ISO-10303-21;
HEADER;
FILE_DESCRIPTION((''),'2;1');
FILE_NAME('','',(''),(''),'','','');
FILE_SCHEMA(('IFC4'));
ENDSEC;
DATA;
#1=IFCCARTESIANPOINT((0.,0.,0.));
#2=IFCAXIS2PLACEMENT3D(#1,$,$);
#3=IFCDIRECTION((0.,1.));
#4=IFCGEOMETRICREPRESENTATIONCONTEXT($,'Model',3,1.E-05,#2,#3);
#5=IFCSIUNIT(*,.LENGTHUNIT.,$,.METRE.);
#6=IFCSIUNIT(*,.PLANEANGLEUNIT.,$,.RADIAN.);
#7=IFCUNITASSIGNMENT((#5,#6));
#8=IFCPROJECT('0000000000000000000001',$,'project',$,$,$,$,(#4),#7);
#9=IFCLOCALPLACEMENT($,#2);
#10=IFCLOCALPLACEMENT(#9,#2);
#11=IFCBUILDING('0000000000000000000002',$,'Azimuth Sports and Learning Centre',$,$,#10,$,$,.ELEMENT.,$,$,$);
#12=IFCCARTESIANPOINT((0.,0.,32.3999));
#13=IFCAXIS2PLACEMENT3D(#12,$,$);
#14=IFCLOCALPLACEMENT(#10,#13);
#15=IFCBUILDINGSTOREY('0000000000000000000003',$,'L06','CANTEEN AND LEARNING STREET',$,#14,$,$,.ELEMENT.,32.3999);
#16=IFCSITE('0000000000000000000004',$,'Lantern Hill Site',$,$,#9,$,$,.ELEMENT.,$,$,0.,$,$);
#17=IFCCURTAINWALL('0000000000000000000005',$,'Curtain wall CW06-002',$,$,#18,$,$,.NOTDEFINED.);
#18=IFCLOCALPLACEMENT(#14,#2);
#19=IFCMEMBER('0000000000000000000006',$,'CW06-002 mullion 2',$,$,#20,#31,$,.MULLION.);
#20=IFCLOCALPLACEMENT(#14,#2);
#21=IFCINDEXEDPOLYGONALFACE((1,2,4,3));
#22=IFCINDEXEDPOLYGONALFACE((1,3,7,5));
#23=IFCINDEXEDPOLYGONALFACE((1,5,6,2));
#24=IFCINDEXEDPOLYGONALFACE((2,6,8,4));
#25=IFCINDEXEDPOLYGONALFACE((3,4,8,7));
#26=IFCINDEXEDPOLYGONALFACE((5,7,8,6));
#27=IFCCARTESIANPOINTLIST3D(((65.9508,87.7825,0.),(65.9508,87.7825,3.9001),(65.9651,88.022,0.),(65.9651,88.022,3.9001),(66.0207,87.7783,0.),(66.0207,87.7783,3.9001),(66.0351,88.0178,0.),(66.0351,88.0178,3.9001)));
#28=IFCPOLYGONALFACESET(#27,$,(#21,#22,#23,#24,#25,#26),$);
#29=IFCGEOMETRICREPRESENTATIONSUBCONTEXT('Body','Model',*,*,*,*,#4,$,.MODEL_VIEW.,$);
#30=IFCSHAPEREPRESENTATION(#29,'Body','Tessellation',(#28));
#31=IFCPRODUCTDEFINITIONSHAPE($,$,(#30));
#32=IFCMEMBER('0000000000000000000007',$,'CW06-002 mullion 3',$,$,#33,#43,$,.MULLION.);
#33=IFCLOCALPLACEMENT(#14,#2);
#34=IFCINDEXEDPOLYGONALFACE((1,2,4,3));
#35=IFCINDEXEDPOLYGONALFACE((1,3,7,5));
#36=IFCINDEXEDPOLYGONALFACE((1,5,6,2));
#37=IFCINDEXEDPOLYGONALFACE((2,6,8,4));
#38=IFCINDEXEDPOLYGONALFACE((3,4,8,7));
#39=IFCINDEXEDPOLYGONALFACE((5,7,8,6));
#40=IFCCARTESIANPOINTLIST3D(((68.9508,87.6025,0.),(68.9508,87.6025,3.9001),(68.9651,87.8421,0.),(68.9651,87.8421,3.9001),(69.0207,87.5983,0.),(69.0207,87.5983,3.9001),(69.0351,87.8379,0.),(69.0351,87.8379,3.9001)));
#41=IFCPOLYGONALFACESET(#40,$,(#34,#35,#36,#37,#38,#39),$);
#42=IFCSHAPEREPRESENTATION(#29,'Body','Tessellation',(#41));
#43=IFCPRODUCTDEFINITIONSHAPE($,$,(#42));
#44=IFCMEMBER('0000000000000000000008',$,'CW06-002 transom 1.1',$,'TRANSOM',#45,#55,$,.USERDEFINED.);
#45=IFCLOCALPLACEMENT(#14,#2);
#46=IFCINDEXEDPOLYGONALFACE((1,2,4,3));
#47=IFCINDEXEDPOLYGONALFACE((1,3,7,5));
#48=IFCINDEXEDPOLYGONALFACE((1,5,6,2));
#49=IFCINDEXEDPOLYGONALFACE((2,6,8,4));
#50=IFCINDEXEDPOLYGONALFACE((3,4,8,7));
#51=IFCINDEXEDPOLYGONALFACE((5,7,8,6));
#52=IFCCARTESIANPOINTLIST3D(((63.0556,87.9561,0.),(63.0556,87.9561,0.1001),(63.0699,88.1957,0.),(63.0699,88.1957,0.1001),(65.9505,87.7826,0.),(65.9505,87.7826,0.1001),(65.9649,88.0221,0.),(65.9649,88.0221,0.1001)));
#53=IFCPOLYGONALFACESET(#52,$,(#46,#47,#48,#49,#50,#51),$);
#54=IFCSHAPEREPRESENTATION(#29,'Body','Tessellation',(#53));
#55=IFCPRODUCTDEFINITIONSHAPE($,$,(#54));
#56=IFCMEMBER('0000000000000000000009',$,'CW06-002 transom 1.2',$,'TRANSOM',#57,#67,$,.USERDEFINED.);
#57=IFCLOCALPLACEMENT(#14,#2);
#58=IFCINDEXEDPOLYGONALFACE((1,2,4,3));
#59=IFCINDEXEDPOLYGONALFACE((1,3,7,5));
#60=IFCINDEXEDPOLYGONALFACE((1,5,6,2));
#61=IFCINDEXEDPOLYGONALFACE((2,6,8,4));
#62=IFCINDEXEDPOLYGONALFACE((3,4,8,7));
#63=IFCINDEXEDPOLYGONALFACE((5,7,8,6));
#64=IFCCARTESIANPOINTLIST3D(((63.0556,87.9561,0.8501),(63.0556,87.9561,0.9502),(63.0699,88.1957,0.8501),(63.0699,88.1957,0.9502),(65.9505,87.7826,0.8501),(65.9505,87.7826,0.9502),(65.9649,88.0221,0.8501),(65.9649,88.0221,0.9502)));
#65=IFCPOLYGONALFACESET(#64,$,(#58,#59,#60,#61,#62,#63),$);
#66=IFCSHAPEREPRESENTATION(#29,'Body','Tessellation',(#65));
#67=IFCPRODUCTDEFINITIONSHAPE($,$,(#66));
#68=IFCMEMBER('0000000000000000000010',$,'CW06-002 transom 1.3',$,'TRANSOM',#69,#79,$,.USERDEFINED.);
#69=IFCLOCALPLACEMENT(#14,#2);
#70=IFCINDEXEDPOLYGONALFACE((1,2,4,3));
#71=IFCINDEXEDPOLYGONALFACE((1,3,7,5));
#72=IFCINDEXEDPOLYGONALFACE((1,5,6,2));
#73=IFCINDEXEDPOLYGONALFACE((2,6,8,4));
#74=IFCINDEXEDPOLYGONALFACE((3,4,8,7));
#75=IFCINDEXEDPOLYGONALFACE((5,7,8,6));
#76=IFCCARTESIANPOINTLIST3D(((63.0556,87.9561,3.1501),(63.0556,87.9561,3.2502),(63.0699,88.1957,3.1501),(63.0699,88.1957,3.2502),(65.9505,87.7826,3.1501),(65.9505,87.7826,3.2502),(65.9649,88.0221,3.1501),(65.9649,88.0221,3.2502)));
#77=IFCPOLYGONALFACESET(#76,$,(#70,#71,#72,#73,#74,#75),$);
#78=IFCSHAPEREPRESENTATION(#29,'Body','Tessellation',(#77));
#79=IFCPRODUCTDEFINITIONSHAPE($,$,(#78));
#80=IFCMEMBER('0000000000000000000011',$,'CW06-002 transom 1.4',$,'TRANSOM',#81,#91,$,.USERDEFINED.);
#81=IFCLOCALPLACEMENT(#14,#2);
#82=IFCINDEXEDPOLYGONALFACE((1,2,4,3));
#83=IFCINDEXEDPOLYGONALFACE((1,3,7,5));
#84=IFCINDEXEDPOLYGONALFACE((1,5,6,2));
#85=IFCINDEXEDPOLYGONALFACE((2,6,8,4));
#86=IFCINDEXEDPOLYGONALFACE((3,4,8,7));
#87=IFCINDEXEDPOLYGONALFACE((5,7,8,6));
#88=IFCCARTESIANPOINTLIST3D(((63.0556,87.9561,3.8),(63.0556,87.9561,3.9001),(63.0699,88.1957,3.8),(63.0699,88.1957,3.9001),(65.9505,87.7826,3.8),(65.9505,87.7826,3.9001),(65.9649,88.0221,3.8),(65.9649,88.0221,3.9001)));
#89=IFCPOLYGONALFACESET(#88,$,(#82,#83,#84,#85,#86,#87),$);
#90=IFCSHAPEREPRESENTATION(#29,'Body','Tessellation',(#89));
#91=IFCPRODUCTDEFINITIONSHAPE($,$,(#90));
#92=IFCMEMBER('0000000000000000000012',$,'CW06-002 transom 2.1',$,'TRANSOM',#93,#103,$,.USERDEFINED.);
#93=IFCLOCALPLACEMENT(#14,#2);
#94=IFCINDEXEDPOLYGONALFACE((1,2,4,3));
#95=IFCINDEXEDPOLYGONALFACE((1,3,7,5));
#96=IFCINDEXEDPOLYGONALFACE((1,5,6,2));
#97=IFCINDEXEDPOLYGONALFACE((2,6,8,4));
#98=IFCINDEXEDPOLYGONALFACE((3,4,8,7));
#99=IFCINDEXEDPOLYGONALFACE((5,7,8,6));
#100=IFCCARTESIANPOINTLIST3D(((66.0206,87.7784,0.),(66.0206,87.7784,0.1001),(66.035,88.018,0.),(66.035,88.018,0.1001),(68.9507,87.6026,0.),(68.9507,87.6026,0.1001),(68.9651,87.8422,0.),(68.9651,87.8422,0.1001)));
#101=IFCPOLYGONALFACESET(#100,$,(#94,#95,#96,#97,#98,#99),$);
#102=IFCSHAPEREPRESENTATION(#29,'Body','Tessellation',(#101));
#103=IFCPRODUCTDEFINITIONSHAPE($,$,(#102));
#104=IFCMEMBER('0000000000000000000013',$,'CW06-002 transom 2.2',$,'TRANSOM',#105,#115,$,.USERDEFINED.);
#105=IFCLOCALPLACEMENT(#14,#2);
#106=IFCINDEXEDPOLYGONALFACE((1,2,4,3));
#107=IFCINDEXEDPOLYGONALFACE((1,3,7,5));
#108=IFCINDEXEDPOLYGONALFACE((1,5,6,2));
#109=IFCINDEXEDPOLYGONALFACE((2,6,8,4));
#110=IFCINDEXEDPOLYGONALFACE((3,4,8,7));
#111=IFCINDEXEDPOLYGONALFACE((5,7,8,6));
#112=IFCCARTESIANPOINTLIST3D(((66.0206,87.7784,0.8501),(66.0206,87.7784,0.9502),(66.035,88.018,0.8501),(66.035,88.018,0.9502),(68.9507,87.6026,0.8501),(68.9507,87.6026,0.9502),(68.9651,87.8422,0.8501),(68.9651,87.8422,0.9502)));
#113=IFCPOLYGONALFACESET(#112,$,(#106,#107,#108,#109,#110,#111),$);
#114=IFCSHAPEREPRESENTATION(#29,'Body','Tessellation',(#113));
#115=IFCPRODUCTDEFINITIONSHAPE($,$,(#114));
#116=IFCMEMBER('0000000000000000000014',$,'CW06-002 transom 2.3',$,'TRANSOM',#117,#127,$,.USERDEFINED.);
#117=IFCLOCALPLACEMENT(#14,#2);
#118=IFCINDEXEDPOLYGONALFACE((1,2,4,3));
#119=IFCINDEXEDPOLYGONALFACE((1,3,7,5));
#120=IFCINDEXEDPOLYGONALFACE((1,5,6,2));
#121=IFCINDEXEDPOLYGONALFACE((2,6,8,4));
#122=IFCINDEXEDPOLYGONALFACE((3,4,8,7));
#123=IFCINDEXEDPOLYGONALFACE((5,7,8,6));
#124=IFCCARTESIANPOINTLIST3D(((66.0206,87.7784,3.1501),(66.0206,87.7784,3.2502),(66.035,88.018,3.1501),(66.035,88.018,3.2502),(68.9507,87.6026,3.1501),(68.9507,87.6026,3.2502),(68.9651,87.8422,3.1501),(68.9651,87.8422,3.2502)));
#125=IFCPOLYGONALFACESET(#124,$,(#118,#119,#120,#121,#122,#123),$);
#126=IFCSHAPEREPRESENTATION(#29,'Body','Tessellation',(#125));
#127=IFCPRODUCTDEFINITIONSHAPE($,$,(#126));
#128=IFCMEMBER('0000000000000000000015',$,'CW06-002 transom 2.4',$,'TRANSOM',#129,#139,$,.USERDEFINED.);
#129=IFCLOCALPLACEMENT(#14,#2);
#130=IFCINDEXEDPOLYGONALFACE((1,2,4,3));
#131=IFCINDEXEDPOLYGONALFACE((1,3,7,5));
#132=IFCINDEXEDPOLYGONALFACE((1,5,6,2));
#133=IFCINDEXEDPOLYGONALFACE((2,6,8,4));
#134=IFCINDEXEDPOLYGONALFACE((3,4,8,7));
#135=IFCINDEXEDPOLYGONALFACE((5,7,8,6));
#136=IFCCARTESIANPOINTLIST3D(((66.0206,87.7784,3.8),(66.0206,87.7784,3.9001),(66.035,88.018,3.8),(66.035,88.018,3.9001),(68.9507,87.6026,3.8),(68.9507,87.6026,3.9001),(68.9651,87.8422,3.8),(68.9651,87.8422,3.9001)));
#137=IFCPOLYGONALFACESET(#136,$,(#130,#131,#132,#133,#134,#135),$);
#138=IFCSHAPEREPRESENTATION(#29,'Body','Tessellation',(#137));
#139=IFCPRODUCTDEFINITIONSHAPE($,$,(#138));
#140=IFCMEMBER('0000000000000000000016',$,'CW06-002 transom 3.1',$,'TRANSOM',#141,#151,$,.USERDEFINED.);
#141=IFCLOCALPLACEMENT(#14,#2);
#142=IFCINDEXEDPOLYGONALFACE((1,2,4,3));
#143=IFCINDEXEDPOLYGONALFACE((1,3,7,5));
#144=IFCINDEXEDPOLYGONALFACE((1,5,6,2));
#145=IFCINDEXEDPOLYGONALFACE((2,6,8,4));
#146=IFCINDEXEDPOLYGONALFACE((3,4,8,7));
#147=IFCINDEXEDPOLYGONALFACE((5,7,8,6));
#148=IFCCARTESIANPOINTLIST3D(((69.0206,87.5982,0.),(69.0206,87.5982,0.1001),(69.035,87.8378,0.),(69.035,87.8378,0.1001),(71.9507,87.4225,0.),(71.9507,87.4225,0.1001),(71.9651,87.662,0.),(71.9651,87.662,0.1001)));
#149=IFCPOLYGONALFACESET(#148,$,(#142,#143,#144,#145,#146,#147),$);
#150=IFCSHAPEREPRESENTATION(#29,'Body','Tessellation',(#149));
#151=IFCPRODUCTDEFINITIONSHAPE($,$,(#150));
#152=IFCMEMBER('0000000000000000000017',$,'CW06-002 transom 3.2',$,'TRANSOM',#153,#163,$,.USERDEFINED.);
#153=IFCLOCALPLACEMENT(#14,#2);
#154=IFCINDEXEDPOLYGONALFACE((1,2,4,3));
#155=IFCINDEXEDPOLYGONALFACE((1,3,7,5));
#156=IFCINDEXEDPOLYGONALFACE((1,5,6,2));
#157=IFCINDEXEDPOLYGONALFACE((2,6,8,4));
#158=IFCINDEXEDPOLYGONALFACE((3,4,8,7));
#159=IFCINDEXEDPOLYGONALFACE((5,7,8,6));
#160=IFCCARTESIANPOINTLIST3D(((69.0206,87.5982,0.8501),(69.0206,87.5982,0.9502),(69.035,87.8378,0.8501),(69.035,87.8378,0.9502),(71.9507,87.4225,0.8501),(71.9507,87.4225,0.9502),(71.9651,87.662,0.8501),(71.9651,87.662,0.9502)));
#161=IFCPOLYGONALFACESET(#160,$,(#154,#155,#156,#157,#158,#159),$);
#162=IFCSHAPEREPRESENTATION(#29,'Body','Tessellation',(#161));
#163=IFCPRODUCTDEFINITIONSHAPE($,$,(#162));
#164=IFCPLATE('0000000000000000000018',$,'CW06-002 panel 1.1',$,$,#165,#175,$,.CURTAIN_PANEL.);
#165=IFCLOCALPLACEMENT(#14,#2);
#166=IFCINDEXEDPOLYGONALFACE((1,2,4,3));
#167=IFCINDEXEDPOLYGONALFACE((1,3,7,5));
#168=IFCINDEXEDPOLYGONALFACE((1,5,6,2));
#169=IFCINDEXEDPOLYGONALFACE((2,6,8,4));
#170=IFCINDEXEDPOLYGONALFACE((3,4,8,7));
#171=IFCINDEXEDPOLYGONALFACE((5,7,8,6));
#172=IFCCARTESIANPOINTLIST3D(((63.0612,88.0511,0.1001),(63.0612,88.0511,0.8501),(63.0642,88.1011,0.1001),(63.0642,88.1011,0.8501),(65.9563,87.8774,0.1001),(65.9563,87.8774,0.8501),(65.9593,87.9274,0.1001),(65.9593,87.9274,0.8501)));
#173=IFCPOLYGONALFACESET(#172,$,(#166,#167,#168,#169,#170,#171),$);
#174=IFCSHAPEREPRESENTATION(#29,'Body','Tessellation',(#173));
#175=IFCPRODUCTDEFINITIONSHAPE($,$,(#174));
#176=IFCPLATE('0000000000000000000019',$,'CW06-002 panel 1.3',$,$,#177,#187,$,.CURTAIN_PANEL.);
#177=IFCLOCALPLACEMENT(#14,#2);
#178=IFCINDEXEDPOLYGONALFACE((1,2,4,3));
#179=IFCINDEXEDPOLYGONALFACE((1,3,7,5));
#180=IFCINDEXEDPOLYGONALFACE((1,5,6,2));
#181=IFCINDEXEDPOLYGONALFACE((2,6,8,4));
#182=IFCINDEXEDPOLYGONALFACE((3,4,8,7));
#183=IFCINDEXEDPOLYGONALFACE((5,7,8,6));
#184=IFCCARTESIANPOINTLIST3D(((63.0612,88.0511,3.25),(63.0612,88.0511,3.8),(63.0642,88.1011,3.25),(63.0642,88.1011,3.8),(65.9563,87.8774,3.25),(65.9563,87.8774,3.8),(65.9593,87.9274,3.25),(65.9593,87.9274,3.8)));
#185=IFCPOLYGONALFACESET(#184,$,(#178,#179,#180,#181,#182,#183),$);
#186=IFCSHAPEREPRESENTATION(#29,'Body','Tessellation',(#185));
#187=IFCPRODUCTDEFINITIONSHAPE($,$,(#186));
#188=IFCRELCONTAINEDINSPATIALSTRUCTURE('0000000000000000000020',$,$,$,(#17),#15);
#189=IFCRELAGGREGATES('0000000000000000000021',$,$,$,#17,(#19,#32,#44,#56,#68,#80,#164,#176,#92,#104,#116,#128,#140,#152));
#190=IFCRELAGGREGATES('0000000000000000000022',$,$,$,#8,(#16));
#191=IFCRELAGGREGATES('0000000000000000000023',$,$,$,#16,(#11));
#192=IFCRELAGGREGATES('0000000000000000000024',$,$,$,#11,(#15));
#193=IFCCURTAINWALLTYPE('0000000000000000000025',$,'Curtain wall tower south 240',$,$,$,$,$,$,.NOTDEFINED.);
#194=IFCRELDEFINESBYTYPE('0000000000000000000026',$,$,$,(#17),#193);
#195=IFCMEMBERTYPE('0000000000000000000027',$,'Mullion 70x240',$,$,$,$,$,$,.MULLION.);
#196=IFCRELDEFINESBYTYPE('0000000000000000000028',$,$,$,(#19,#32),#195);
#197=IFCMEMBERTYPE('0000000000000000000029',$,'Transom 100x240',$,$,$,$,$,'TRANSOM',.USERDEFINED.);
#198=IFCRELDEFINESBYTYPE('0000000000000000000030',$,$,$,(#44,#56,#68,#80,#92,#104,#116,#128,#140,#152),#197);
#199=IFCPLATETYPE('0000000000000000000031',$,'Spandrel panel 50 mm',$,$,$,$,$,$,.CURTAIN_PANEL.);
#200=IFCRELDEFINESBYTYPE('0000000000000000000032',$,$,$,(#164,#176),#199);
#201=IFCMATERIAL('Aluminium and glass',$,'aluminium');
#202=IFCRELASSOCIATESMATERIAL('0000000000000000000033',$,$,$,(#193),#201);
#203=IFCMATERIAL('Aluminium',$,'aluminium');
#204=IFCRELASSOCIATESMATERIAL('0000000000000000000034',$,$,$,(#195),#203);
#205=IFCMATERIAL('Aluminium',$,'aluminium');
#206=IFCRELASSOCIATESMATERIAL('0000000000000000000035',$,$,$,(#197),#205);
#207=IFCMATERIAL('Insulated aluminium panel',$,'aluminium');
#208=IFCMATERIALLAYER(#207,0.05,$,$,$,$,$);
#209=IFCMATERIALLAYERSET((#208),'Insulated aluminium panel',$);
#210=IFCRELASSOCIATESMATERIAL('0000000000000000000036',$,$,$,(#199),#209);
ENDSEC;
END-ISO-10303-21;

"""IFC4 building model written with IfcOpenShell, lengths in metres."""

from ifc_helpers import new_model, si_unit, direction, frame, origin, origin_2d, place, context, subcontext, project, spatial, rectangle, extrude, material, layer, layer_set, material_profile, profile_set, type_object, element, aggregate, save


model = new_model("IFC4")

# Units and contexts
model_context = context("Model", 3, precision=1e-05, world=origin(), true_north=direction((0.0, 1.0)))
body_context = subcontext(model_context, "Body", "Model", "MODEL_VIEW")
ifc_project = project(units=[si_unit("LENGTHUNIT", "METRE"), si_unit("PLANEANGLEUNIT", "RADIAN")], contexts=[model_context])

# Site, building, storey
site_placement = place(None, origin())
site = spatial("IfcSite", under=ifc_project, at=site_placement, Name="Lantern Hill Site", CompositionType="ELEMENT", RefElevation=0.0)
building_placement = place(site_placement, origin())
building = spatial("IfcBuilding", under=site, at=building_placement, Name="Azimuth Sports and Learning Centre", CompositionType="ELEMENT")
storey_placement = place(building_placement, frame((0.0, 0.0, 32.3999)))
storey = spatial("IfcBuildingStorey", under=building, at=storey_placement, Name="L06", Description="CANTEEN AND LEARNING STREET", CompositionType="ELEMENT", Elevation=32.3999)

# Curtain wall, members, plates
ifc_material_1 = material(Name="Aluminium and glass", Category="aluminium")
curtain_wall_type = type_object("IfcCurtainWallType", Name="Curtain wall tower south 240", PredefinedType="NOTDEFINED", material=ifc_material_1)
curtain_wall_placement = place(storey_placement, origin())
curtain_wall = element("IfcCurtainWall", 1, at=curtain_wall_placement, inside=storey, type_object=curtain_wall_type, Name="Curtain wall CW06-002", PredefinedType="NOTDEFINED")
ifc_material_2 = material(Name="Aluminium", Category="aluminium")
ifc_material_profile_1 = material_profile(ifc_material_2, rectangle(XDim=0.24, YDim=0.0701, at=origin_2d()), Name="Mullion 70x240")
ifc_profile_set_1 = profile_set([ifc_material_profile_1], Name="Aluminium")
member_type_1 = type_object("IfcMemberType", Name="Mullion 70x240", PredefinedType="MULLION", material=ifc_profile_set_1)
member_1_placement = place(storey_placement, frame((65.9929, 87.9001, 0.0), z_axis=(0.0, 0.0, 1.0), x_axis=(0.059892, 0.998205, 0.0)))
member_1 = element("IfcMember", 2, at=member_1_placement, type_object=member_type_1, Name="CW06-002 mullion 2", PredefinedType="MULLION", context=body_context, shape_type="SweptSolid", body=[
    extrude(rectangle(XDim=0.24, YDim=0.0701, at=origin_2d()), origin(), (0.0, 0.0, 1.0), 3.9001),
])
member_2_placement = place(storey_placement, frame((68.9929, 87.7202, 0.0), z_axis=(0.0, 0.0, 1.0), x_axis=(0.059892, 0.998205, 0.0)))
member_2 = element("IfcMember", 3, at=member_2_placement, type_object=member_type_1, Name="CW06-002 mullion 3", PredefinedType="MULLION", context=body_context, shape_type="SweptSolid", body=[
    extrude(rectangle(XDim=0.24, YDim=0.0701, at=origin_2d()), origin(), (0.0, 0.0, 1.0), 3.9001),
])
ifc_material_3 = material(Name="Aluminium", Category="aluminium")
ifc_material_profile_2 = material_profile(ifc_material_3, rectangle(XDim=0.24, YDim=0.1001, at=origin_2d()), Name="Transom 100x240")
ifc_profile_set_2 = profile_set([ifc_material_profile_2], Name="Aluminium")
member_type_2 = type_object("IfcMemberType", Name="Transom 100x240", ElementType="TRANSOM", PredefinedType="USERDEFINED", material=ifc_profile_set_2)
member_3_placement = place(storey_placement, frame((63.0627, 88.0759, 0.05), z_axis=(0.998207, -0.059852, 0.0), x_axis=(0.059852, 0.998207, 0.0)))
member_3 = element("IfcMember", 4, at=member_3_placement, type_object=member_type_2, Name="CW06-002 transom 1.1", ObjectType="TRANSOM", PredefinedType="USERDEFINED", context=body_context, shape_type="SweptSolid", body=[
    extrude(rectangle(XDim=0.24, YDim=0.1001, at=origin_2d()), origin(), (0.0, 0.0, 1.0), 2.9001),
])
member_4_placement = place(storey_placement, frame((63.0627, 88.0759, 0.9001), z_axis=(0.998207, -0.059852, 0.0), x_axis=(0.059852, 0.998207, 0.0)))
member_4 = element("IfcMember", 5, at=member_4_placement, type_object=member_type_2, Name="CW06-002 transom 1.2", ObjectType="TRANSOM", PredefinedType="USERDEFINED", context=body_context, shape_type="SweptSolid", body=[
    extrude(rectangle(XDim=0.24, YDim=0.1001, at=origin_2d()), origin(), (0.0, 0.0, 1.0), 2.9001),
])
member_5_placement = place(storey_placement, frame((63.0627, 88.0759, 3.2002), z_axis=(0.998207, -0.059852, 0.0), x_axis=(0.059852, 0.998207, 0.0)))
member_5 = element("IfcMember", 6, at=member_5_placement, type_object=member_type_2, Name="CW06-002 transom 1.3", ObjectType="TRANSOM", PredefinedType="USERDEFINED", context=body_context, shape_type="SweptSolid", body=[
    extrude(rectangle(XDim=0.24, YDim=0.1001, at=origin_2d()), origin(), (0.0, 0.0, 1.0), 2.9001),
])
member_6_placement = place(storey_placement, frame((63.0627, 88.0759, 3.8501), z_axis=(0.998207, -0.059852, 0.0), x_axis=(0.059852, 0.998207, 0.0)))
member_6 = element("IfcMember", 7, at=member_6_placement, type_object=member_type_2, Name="CW06-002 transom 1.4", ObjectType="TRANSOM", PredefinedType="USERDEFINED", context=body_context, shape_type="SweptSolid", body=[
    extrude(rectangle(XDim=0.24, YDim=0.1001, at=origin_2d()), origin(), (0.0, 0.0, 1.0), 2.9001),
])
member_7_placement = place(storey_placement, frame((66.0278, 87.8982, 0.05), z_axis=(0.998205, -0.059887, 0.0), x_axis=(0.059887, 0.998205, 0.0)))
member_7 = element("IfcMember", 8, at=member_7_placement, type_object=member_type_2, Name="CW06-002 transom 2.1", ObjectType="TRANSOM", PredefinedType="USERDEFINED", context=body_context, shape_type="SweptSolid", body=[
    extrude(rectangle(XDim=0.24, YDim=0.1001, at=origin_2d()), origin(), (0.0, 0.0, 1.0), 2.9353),
])
member_8_placement = place(storey_placement, frame((66.0278, 87.8982, 0.9001), z_axis=(0.998205, -0.059887, 0.0), x_axis=(0.059887, 0.998205, 0.0)))
member_8 = element("IfcMember", 9, at=member_8_placement, type_object=member_type_2, Name="CW06-002 transom 2.2", ObjectType="TRANSOM", PredefinedType="USERDEFINED", context=body_context, shape_type="SweptSolid", body=[
    extrude(rectangle(XDim=0.24, YDim=0.1001, at=origin_2d()), origin(), (0.0, 0.0, 1.0), 2.9353),
])
member_9_placement = place(storey_placement, frame((66.0278, 87.8982, 3.2002), z_axis=(0.998205, -0.059887, 0.0), x_axis=(0.059887, 0.998205, 0.0)))
member_9 = element("IfcMember", 10, at=member_9_placement, type_object=member_type_2, Name="CW06-002 transom 2.3", ObjectType="TRANSOM", PredefinedType="USERDEFINED", context=body_context, shape_type="SweptSolid", body=[
    extrude(rectangle(XDim=0.24, YDim=0.1001, at=origin_2d()), origin(), (0.0, 0.0, 1.0), 2.9353),
])
member_10_placement = place(storey_placement, frame((66.0278, 87.8982, 3.8501), z_axis=(0.998205, -0.059887, 0.0), x_axis=(0.059887, 0.998205, 0.0)))
member_10 = element("IfcMember", 11, at=member_10_placement, type_object=member_type_2, Name="CW06-002 transom 2.4", ObjectType="TRANSOM", PredefinedType="USERDEFINED", context=body_context, shape_type="SweptSolid", body=[
    extrude(rectangle(XDim=0.24, YDim=0.1001, at=origin_2d()), origin(), (0.0, 0.0, 1.0), 2.9353),
])
member_11_placement = place(storey_placement, frame((69.0278, 87.718, 0.05), z_axis=(0.998205, -0.059887, 0.0), x_axis=(0.059887, 0.998205, 0.0)))
member_11 = element("IfcMember", 12, at=member_11_placement, type_object=member_type_2, Name="CW06-002 transom 3.1", ObjectType="TRANSOM", PredefinedType="USERDEFINED", context=body_context, shape_type="SweptSolid", body=[
    extrude(rectangle(XDim=0.24, YDim=0.1001, at=origin_2d()), origin(), (0.0, 0.0, 1.0), 2.9353),
])
member_12_placement = place(storey_placement, frame((69.0278, 87.718, 0.9001), z_axis=(0.998205, -0.059887, 0.0), x_axis=(0.059887, 0.998205, 0.0)))
member_12 = element("IfcMember", 13, at=member_12_placement, type_object=member_type_2, Name="CW06-002 transom 3.2", ObjectType="TRANSOM", PredefinedType="USERDEFINED", context=body_context, shape_type="SweptSolid", body=[
    extrude(rectangle(XDim=0.24, YDim=0.1001, at=origin_2d()), origin(), (0.0, 0.0, 1.0), 2.9353),
])
ifc_material_4 = material(Name="Insulated aluminium panel", Category="aluminium")
ifc_layer_1 = layer(ifc_material_4, 0.05)
ifc_layer_set_1 = layer_set([ifc_layer_1], Name="Insulated aluminium panel")
plate_type_1 = type_object("IfcPlateType", Name="Spandrel panel 50 mm", PredefinedType="CURTAIN_PANEL", material=ifc_layer_set_1)
plate_1_placement = place(storey_placement, frame((64.5103, 87.9893, 0.1001), z_axis=(0.0, 0.0, 1.0), x_axis=(0.998205, -0.059892, 0.0)))
plate_1 = element("IfcPlate", 14, at=plate_1_placement, type_object=plate_type_1, Name="CW06-002 panel 1.1", PredefinedType="CURTAIN_PANEL", context=body_context, shape_type="SweptSolid", body=[
    extrude(rectangle(XDim=2.9004, YDim=0.05, at=origin_2d()), origin(), (0.0, 0.0, 1.0), 0.75),
])
plate_2_placement = place(storey_placement, frame((64.5103, 87.9893, 3.25), z_axis=(0.0, 0.0, 1.0), x_axis=(0.998205, -0.059892, 0.0)))
plate_2 = element("IfcPlate", 15, at=plate_2_placement, type_object=plate_type_1, Name="CW06-002 panel 1.3", PredefinedType="CURTAIN_PANEL", context=body_context, shape_type="SweptSolid", body=[
    extrude(rectangle(XDim=2.9004, YDim=0.05, at=origin_2d()), origin(), (0.0, 0.0, 1.0), 0.55),
])
aggregate(curtain_wall, [member_1, member_2, member_3, member_4, member_5, member_6, plate_1, plate_2, member_7, member_8, member_9, member_10, member_11, member_12])

save(model, "model.ifc")
